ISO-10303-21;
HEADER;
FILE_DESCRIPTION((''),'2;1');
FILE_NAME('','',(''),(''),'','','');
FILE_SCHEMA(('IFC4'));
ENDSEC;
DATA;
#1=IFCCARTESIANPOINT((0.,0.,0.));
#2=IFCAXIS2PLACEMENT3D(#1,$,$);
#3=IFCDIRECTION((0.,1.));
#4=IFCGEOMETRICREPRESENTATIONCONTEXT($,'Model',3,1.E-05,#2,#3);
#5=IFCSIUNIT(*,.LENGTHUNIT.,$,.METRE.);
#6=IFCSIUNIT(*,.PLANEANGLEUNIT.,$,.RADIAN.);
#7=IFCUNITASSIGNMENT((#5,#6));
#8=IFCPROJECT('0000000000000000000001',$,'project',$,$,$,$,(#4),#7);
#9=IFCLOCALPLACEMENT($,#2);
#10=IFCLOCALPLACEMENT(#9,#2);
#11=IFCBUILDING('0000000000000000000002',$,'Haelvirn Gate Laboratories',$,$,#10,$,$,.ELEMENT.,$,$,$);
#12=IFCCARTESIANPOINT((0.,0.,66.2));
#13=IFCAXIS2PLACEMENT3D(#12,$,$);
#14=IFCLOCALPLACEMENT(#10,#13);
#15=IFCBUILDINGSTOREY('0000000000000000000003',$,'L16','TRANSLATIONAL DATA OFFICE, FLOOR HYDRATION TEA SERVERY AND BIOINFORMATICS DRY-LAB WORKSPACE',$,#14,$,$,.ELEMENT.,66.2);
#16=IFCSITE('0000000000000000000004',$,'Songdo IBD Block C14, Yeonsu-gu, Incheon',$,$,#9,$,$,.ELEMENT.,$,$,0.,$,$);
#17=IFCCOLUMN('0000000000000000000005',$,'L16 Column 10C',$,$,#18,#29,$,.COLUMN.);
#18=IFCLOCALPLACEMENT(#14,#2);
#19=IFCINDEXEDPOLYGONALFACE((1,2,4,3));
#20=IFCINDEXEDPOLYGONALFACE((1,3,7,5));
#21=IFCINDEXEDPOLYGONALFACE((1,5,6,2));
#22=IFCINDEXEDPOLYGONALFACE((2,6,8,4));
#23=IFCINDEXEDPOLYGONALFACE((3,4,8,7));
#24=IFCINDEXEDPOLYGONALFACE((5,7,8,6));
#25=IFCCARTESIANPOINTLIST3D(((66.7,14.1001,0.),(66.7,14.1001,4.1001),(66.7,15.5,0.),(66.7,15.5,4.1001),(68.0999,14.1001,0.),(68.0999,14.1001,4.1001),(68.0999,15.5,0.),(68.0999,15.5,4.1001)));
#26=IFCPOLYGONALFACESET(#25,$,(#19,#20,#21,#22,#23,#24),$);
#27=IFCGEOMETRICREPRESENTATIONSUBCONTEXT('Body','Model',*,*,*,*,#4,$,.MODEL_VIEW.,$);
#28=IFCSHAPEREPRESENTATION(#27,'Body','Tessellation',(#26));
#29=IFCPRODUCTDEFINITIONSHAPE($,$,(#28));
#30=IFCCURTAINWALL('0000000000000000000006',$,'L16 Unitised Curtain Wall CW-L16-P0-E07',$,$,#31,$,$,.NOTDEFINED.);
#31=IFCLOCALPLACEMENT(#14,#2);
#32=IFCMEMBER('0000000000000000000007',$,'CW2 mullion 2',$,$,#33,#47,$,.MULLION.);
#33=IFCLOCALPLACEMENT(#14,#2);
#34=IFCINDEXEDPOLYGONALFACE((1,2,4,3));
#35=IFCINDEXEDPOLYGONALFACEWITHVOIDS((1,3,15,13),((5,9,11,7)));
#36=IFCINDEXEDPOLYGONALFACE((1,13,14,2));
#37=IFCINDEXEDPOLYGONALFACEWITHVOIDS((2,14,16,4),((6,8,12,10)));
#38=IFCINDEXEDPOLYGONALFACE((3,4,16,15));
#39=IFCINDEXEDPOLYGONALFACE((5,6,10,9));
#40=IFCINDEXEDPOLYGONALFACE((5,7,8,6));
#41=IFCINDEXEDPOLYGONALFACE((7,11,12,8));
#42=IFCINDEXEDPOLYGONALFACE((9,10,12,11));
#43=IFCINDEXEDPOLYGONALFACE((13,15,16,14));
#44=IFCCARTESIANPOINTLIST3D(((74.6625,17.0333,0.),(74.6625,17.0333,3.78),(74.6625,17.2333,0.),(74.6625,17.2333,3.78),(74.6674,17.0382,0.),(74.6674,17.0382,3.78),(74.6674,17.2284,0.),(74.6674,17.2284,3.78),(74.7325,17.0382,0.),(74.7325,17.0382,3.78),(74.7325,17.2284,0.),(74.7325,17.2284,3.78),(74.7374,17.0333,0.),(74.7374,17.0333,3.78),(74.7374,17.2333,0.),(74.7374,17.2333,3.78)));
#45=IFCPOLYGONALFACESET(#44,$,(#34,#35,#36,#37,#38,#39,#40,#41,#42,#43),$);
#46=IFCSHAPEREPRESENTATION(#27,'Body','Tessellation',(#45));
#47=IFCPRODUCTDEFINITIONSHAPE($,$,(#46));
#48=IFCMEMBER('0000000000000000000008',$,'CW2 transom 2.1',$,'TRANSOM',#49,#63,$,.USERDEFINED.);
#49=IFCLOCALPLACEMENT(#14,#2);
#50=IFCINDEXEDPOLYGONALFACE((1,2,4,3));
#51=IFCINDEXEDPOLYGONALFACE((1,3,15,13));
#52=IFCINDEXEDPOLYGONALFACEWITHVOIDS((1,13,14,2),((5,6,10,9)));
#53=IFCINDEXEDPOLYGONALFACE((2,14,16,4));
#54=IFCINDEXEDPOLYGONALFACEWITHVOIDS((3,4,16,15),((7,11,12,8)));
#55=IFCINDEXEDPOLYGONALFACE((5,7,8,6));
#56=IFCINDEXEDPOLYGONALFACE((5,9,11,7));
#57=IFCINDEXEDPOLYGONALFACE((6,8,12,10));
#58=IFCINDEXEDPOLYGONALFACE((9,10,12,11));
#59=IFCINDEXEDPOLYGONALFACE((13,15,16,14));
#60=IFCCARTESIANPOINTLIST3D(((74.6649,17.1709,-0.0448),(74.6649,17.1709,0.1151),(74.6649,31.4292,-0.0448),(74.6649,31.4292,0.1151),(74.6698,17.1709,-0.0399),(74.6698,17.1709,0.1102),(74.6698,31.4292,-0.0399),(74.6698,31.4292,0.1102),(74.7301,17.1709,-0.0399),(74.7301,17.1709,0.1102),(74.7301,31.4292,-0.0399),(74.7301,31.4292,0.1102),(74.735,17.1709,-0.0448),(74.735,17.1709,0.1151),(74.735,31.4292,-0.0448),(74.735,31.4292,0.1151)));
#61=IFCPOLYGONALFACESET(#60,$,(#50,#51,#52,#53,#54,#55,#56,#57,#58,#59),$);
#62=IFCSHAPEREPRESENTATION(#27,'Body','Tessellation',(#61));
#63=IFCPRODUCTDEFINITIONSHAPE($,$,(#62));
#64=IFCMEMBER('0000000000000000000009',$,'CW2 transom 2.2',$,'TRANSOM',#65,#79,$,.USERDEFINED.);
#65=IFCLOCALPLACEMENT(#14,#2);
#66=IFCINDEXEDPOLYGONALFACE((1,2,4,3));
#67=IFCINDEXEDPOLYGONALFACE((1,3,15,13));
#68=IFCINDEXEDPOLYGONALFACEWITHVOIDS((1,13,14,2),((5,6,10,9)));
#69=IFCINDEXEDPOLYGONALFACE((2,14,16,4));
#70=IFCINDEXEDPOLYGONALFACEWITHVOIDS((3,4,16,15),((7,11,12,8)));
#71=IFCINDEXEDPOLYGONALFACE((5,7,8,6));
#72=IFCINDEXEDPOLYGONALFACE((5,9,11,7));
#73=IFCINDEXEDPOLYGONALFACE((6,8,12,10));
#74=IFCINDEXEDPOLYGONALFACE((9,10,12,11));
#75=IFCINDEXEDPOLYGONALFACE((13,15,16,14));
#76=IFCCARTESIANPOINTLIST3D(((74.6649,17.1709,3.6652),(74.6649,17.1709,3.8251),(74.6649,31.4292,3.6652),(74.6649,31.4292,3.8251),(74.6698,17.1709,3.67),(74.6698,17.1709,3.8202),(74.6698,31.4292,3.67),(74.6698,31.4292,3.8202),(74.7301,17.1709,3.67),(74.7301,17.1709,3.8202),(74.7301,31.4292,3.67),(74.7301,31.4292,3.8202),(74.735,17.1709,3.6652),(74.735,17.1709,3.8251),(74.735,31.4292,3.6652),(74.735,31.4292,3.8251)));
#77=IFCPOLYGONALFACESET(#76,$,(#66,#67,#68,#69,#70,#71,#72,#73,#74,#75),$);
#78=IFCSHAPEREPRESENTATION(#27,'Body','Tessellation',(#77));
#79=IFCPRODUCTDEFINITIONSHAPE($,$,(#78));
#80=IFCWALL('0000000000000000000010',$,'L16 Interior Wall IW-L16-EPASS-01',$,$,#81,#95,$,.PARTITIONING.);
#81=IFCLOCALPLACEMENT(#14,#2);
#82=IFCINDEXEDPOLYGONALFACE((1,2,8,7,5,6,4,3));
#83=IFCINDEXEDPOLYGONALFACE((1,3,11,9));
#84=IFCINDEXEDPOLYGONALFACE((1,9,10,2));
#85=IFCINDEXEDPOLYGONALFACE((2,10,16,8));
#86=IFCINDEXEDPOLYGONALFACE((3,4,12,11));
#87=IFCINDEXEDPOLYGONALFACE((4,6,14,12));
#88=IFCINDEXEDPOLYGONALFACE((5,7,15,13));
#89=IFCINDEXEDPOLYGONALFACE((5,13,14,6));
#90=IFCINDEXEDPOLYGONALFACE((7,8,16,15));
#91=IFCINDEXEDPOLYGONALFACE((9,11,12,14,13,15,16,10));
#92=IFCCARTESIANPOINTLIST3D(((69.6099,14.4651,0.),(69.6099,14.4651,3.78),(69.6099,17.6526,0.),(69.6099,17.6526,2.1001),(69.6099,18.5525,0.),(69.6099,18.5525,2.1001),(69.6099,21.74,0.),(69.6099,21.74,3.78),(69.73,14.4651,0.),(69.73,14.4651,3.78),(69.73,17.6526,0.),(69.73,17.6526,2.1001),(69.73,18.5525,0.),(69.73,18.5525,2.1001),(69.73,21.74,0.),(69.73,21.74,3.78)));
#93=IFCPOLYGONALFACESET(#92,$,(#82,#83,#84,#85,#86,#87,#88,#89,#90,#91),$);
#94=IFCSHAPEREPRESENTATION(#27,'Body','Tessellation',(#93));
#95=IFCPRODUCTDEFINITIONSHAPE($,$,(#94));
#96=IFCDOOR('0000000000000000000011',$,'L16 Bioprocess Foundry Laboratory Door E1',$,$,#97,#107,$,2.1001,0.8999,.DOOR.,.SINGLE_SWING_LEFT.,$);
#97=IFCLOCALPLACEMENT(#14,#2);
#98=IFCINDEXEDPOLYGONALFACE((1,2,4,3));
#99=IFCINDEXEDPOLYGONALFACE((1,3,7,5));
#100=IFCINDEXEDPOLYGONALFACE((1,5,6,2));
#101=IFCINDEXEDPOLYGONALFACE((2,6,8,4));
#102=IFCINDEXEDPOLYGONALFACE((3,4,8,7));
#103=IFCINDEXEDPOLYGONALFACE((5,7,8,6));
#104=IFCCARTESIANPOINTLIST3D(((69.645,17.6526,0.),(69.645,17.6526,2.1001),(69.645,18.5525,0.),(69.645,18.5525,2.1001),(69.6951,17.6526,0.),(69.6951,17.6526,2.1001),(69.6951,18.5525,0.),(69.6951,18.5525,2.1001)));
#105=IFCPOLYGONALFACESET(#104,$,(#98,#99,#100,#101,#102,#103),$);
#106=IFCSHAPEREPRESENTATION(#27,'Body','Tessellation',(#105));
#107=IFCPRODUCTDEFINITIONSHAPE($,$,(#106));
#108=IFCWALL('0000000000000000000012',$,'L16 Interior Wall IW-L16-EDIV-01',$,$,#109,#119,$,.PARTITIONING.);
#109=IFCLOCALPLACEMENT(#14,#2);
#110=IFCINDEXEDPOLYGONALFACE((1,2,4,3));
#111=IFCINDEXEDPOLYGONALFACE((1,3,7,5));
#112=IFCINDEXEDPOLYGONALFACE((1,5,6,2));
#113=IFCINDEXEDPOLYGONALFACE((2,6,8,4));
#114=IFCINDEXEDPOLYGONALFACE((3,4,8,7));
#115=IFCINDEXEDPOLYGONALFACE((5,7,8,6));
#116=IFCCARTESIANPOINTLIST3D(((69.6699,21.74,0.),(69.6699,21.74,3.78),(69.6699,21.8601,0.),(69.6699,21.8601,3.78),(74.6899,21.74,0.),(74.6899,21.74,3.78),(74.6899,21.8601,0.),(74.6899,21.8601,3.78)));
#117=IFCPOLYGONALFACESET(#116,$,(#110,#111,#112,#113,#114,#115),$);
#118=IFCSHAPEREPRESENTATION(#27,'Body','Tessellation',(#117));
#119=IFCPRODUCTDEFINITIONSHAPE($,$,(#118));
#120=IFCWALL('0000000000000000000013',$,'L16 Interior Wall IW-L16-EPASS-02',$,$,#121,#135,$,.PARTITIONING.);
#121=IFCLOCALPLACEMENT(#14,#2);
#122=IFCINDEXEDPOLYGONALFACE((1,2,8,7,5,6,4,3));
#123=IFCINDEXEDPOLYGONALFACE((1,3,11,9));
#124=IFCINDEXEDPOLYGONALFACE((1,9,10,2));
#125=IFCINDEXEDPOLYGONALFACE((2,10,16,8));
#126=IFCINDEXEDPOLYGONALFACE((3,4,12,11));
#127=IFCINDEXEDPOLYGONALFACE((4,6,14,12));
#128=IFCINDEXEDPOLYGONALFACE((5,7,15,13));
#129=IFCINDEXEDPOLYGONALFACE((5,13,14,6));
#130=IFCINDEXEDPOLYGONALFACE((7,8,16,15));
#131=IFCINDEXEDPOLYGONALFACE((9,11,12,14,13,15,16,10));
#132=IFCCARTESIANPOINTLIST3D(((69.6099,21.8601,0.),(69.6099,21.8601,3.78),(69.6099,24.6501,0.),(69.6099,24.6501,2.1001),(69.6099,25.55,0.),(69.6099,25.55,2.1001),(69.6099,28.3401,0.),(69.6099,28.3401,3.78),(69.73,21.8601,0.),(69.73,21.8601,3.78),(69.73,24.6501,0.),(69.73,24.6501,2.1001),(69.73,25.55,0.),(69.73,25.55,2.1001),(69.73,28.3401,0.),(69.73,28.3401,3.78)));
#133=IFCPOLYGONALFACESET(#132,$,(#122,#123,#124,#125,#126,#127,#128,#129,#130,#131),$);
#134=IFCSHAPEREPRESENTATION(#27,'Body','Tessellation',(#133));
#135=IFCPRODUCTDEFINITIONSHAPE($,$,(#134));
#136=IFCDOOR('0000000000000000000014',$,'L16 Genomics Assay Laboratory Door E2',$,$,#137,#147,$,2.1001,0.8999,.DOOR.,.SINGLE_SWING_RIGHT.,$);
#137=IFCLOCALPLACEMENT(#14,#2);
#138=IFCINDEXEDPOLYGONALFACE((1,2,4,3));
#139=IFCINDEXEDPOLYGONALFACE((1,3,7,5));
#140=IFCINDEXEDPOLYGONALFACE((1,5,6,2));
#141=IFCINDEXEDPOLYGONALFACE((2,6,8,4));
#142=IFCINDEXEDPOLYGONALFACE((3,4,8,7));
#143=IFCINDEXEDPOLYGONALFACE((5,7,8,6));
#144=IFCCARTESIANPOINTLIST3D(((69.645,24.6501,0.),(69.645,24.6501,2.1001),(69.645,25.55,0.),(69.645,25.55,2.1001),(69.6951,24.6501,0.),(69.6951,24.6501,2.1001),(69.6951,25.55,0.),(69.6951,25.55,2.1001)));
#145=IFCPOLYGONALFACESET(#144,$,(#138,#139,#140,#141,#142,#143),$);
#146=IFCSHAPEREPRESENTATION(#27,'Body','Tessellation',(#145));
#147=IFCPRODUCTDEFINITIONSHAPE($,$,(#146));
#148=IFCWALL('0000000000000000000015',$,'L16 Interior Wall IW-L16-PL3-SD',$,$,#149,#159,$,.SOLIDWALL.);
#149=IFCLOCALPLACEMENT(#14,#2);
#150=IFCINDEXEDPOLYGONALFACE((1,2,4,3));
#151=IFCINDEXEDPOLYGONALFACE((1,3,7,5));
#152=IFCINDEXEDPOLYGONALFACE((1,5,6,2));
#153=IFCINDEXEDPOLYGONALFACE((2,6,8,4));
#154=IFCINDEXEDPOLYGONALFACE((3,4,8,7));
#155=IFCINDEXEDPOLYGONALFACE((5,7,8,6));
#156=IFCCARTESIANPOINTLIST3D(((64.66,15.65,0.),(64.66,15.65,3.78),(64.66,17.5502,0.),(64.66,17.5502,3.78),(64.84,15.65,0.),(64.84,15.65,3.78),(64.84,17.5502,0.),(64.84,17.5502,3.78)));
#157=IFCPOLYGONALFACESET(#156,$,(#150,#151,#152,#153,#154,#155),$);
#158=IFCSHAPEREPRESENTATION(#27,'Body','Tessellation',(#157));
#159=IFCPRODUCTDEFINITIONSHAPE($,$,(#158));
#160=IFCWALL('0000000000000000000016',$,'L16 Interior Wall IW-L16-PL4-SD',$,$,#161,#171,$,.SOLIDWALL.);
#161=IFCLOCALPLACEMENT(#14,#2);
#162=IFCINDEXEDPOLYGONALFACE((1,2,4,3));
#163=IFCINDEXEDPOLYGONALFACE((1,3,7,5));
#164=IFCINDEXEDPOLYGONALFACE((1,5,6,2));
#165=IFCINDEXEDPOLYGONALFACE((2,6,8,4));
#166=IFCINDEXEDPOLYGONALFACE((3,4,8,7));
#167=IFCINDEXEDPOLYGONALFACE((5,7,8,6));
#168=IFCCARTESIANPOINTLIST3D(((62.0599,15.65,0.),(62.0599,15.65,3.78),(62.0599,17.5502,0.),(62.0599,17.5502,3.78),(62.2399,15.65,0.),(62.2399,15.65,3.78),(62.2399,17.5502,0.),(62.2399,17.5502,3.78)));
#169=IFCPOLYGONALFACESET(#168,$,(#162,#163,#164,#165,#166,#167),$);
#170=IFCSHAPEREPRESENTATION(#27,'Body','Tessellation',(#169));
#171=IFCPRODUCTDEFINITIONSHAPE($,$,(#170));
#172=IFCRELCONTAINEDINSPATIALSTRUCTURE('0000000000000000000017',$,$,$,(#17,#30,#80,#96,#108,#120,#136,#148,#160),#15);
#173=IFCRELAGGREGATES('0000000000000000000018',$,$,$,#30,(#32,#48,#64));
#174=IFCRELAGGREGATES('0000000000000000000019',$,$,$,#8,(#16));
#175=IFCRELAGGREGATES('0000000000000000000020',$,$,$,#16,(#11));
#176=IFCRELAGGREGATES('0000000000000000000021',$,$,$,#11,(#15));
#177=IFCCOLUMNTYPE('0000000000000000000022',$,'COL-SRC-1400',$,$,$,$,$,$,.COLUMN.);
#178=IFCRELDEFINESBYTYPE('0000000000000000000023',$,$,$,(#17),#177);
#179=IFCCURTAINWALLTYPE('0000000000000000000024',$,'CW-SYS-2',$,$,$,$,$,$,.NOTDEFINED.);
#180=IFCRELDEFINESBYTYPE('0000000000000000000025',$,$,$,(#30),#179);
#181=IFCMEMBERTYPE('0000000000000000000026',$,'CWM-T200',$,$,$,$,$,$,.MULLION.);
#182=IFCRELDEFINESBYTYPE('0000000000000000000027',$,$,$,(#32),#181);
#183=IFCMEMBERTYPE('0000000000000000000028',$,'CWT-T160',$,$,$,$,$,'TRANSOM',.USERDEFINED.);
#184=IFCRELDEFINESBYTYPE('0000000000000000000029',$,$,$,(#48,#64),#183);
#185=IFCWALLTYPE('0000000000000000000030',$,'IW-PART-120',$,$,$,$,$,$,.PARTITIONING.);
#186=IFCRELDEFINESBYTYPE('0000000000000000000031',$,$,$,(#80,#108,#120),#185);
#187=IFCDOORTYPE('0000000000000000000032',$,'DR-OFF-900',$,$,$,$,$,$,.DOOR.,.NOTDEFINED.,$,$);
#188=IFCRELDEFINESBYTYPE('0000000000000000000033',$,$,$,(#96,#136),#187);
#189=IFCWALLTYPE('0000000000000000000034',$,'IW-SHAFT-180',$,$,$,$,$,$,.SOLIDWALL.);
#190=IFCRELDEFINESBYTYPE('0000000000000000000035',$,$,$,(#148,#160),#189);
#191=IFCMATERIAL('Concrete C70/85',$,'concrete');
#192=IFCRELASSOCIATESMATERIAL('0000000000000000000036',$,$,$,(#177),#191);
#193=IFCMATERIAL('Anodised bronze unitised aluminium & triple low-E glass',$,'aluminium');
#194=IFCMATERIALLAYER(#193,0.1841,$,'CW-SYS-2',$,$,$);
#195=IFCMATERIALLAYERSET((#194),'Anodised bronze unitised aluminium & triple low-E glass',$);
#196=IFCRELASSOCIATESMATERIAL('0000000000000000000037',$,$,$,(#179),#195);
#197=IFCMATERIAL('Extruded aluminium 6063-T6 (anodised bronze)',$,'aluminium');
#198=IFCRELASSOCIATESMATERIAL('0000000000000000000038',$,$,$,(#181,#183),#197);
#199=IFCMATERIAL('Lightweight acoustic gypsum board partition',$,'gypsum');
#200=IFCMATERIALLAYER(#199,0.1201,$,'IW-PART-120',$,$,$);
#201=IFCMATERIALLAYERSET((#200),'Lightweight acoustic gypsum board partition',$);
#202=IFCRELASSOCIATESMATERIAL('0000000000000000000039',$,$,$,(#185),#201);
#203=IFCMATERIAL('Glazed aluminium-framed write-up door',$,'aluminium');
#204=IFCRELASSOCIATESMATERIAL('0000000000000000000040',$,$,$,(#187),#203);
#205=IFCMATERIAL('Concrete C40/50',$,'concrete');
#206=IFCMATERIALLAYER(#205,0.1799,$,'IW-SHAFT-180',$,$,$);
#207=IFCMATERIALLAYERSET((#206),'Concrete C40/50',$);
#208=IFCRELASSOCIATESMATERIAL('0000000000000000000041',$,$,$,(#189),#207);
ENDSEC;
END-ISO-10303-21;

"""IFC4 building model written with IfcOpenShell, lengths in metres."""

from ifc_helpers import new_model, si_unit, direction, frame, frame_2d, origin, origin_2d, place, context, subcontext, project, spatial, rectangle, hollow_rectangle, extrude, source, transform, mapped, material, layer, layer_set, material_profile, profile_set, type_object, type_shapes, element, fill, aggregate, save


model = new_model("IFC4")

# Units and contexts
model_context = context("Model", 3, precision=1e-05, world=origin(), true_north=direction((0.0, 1.0)))
body_context = subcontext(model_context, "Body", "Model", "MODEL_VIEW")
ifc_project = project(units=[si_unit("LENGTHUNIT", "METRE"), si_unit("PLANEANGLEUNIT", "RADIAN")], contexts=[model_context])

# Site, building, storey
site_placement = place(None, origin())
site = spatial("IfcSite", under=ifc_project, at=site_placement, Name="Songdo IBD Block C14, Yeonsu-gu, Incheon", CompositionType="ELEMENT", RefElevation=0.0)
building_placement = place(site_placement, origin())
building = spatial("IfcBuilding", under=site, at=building_placement, Name="Haelvirn Gate Laboratories", CompositionType="ELEMENT")
storey_placement = place(building_placement, frame((0.0, 0.0, 66.2)))
storey = spatial("IfcBuildingStorey", under=building, at=storey_placement, Name="L16", Description="TRANSLATIONAL DATA OFFICE, FLOOR HYDRATION TEA SERVERY AND BIOINFORMATICS DRY-LAB WORKSPACE", CompositionType="ELEMENT", Elevation=66.2)

# Column
ifc_material_1 = material(Name="Concrete C70/85", Category="concrete")
ifc_material_profile_1 = material_profile(ifc_material_1, rectangle(XDim=1.3999, YDim=1.3999, at=origin_2d()), Name="SRC-1400x1400")
ifc_profile_set_1 = profile_set([ifc_material_profile_1], Name="Concrete C70/85")
column_type = type_object("IfcColumnType", Name="COL-SRC-1400", PredefinedType="COLUMN", material=ifc_profile_set_1)
shared_shape_1 = source(origin(), body_context, "Body", "SweptSolid", [
    extrude(rectangle(XDim=1.3999, YDim=1.3999, at=origin_2d()), origin(), (0.0, 0.0, 1.0), 4.1001),
])
type_shapes(column_type, [shared_shape_1])
column_placement = place(storey_placement, frame((67.3999, 14.8, 0.0), z_axis=(0.0, 0.0, 1.0), x_axis=(1.0, 0.0, 0.0)))
element("IfcColumn", 1, at=column_placement, inside=storey, type_object=column_type, Name="L16 Column 10C", PredefinedType="COLUMN", context=body_context, shape_type="MappedRepresentation", body=[
    mapped(shared_shape_1, transform((0.0, 0.0, 0.0), scale=1.0)),
])

# Curtain wall, members
ifc_material_2 = material(Name="Anodised bronze unitised aluminium & triple low-E glass", Category="aluminium")
ifc_layer_1 = layer(ifc_material_2, 0.1841, Name="CW-SYS-2")
ifc_layer_set_1 = layer_set([ifc_layer_1], Name="Anodised bronze unitised aluminium & triple low-E glass")
curtain_wall_type = type_object("IfcCurtainWallType", Name="CW-SYS-2", PredefinedType="NOTDEFINED", material=ifc_layer_set_1)
curtain_wall_placement = place(storey_placement, origin())
curtain_wall = element("IfcCurtainWall", 2, at=curtain_wall_placement, inside=storey, type_object=curtain_wall_type, Name="L16 Unitised Curtain Wall CW-L16-P0-E07", PredefinedType="NOTDEFINED")
ifc_material_3 = material(Name="Extruded aluminium 6063-T6 (anodised bronze)", Category="aluminium")
ifc_material_profile_2 = material_profile(ifc_material_3, hollow_rectangle(XDim=0.075, YDim=0.2, WallThickness=0.0049, at=origin_2d()), Name="CWM-200x75x5")
ifc_profile_set_2 = profile_set([ifc_material_profile_2], Name="Extruded aluminium 6063-T6 (anodised bronze)")
member_type_1 = type_object("IfcMemberType", Name="CWM-T200", PredefinedType="MULLION", material=ifc_profile_set_2)
shared_shape_2 = source(origin(), body_context, "Body", "SweptSolid", [
    extrude(hollow_rectangle(XDim=0.075, YDim=0.2, WallThickness=0.0049, at=origin_2d()), origin(), (0.0, 0.0, 1.0), 3.78),
])
type_shapes(member_type_1, [shared_shape_2])
member_1_placement = place(storey_placement, frame((74.7, 17.1333, 0.0), z_axis=(0.0, 0.0, 1.0), x_axis=(-1.0, 0.0, 0.0)))
member_1 = element("IfcMember", 3, at=member_1_placement, type_object=member_type_1, Name="CW2 mullion 2", PredefinedType="MULLION", context=body_context, shape_type="MappedRepresentation", body=[
    mapped(shared_shape_2, transform((0.0, 0.0, 0.0), scale=1.0)),
])
ifc_material_profile_3 = material_profile(ifc_material_3, hollow_rectangle(XDim=0.0701, YDim=0.1599, WallThickness=0.0049, at=origin_2d()), Name="CWT-160x70x5")
ifc_profile_set_3 = profile_set([ifc_material_profile_3], Name="Extruded aluminium 6063-T6 (anodised bronze)")
member_type_2 = type_object("IfcMemberType", Name="CWT-T160", ElementType="TRANSOM", PredefinedType="USERDEFINED", material=ifc_profile_set_3)
shared_shape_3 = source(origin(), body_context, "Body", "SweptSolid", [
    extrude(hollow_rectangle(XDim=0.0701, YDim=0.1599, WallThickness=0.0049, at=origin_2d()), origin(), (0.0, 0.0, 1.0), 14.2583),
])
type_shapes(member_type_2, [shared_shape_3])
member_2_placement = place(storey_placement, frame((74.7, 17.1709, 0.0352), z_axis=(0.0, 1.0, 0.0), x_axis=(-1.0, 0.0, 0.0)))
member_2 = element("IfcMember", 4, at=member_2_placement, type_object=member_type_2, Name="CW2 transom 2.1", ObjectType="TRANSOM", PredefinedType="USERDEFINED", context=body_context, shape_type="MappedRepresentation", body=[
    mapped(shared_shape_3, transform((0.0, 0.0, 0.0), scale=1.0)),
])
member_3_placement = place(storey_placement, frame((74.7, 17.1709, 3.7451), z_axis=(0.0, 1.0, 0.0), x_axis=(-1.0, 0.0, 0.0)))
member_3 = element("IfcMember", 5, at=member_3_placement, type_object=member_type_2, Name="CW2 transom 2.2", ObjectType="TRANSOM", PredefinedType="USERDEFINED", context=body_context, shape_type="MappedRepresentation", body=[
    mapped(shared_shape_3, transform((0.0, 0.0, 0.0), scale=1.0)),
])
aggregate(curtain_wall, [member_1, member_2, member_3])

# Wall, opening, door
ifc_material_4 = material(Name="Lightweight acoustic gypsum board partition", Category="gypsum")
ifc_layer_2 = layer(ifc_material_4, 0.1201, Name="IW-PART-120")
ifc_layer_set_2 = layer_set([ifc_layer_2], Name="Lightweight acoustic gypsum board partition")
wall_type_1 = type_object("IfcWallType", Name="IW-PART-120", PredefinedType="PARTITIONING", material=ifc_layer_set_2)
wall_1_placement = place(storey_placement, frame((69.6699, 14.4651, 0.0), z_axis=(0.0, 0.0, 1.0), x_axis=(0.0, 1.0, 0.0)))
wall_1 = element("IfcWall", 6, at=wall_1_placement, inside=storey, type_object=wall_type_1, Name="L16 Interior Wall IW-L16-EPASS-01", PredefinedType="PARTITIONING", context=body_context, shape_type="SweptSolid", body=[
    extrude(rectangle(XDim=7.2749, YDim=0.1201, at=frame_2d((3.6375, 0.0))), origin(), (0.0, 0.0, 1.0), 3.78),
])
opening_1_placement = place(wall_1_placement, frame((3.1875, 0.0, 0.0)))
opening_1 = element("IfcOpeningElement", 7, at=opening_1_placement, cuts=wall_1, PredefinedType="OPENING", context=body_context, shape_type="SweptSolid", body=[
    extrude(rectangle(XDim=0.8999, YDim=2.1001, at=frame_2d((0.45, 1.05))), frame((0.0, 0.0701, 0.0), z_axis=(0.0, -1.0, 0.0), x_axis=(1.0, 0.0, 0.0)), (0.0, 0.0, 1.0), 0.1401),
])
ifc_material_5 = material(Name="Glazed aluminium-framed write-up door", Category="aluminium")
door_type_1 = type_object("IfcDoorType", Name="DR-OFF-900", OperationType="NOTDEFINED", PredefinedType="DOOR", material=ifc_material_5)
shared_shape_4 = source(origin(), body_context, "Body", "SweptSolid", [
    extrude(rectangle(XDim=0.8999, YDim=2.1001, at=frame_2d((0.45, 1.05))), frame((0.0, 0.0249, 0.0), z_axis=(0.0, -1.0, 0.0), x_axis=(1.0, 0.0, 0.0)), (0.0, 0.0, 1.0), 0.05),
])
type_shapes(door_type_1, [shared_shape_4])
door_1_placement = place(opening_1_placement, origin())
door_1 = element("IfcDoor", 8, at=door_1_placement, inside=storey, type_object=door_type_1, Name="L16 Bioprocess Foundry Laboratory Door E1", OperationType="SINGLE_SWING_LEFT", OverallHeight=2.1001, OverallWidth=0.8999, PredefinedType="DOOR", context=body_context, shape_type="MappedRepresentation", body=[
    mapped(shared_shape_4, transform((0.0, 0.0, 0.0), scale=1.0)),
])
fill(opening_1, door_1)

# Wall
wall_2_placement = place(storey_placement, frame((69.6699, 21.8, 0.0), z_axis=(0.0, 0.0, 1.0), x_axis=(1.0, 0.0, 0.0)))
element("IfcWall", 9, at=wall_2_placement, inside=storey, type_object=wall_type_1, Name="L16 Interior Wall IW-L16-EDIV-01", PredefinedType="PARTITIONING", context=body_context, shape_type="SweptSolid", body=[
    extrude(rectangle(XDim=5.02, YDim=0.1201, at=frame_2d((2.51, 0.0))), origin(), (0.0, 0.0, 1.0), 3.78),
])

# Wall, opening, door
wall_3_placement = place(storey_placement, frame((69.6699, 21.8601, 0.0), z_axis=(0.0, 0.0, 1.0), x_axis=(0.0, 1.0, 0.0)))
wall_3 = element("IfcWall", 10, at=wall_3_placement, inside=storey, type_object=wall_type_1, Name="L16 Interior Wall IW-L16-EPASS-02", PredefinedType="PARTITIONING", context=body_context, shape_type="SweptSolid", body=[
    extrude(rectangle(XDim=6.48, YDim=0.1201, at=frame_2d((3.24, 0.0))), origin(), (0.0, 0.0, 1.0), 3.78),
])
opening_2_placement = place(wall_3_placement, frame((2.79, 0.0, 0.0)))
opening_2 = element("IfcOpeningElement", 11, at=opening_2_placement, cuts=wall_3, PredefinedType="OPENING", context=body_context, shape_type="SweptSolid", body=[
    extrude(rectangle(XDim=0.8999, YDim=2.1001, at=frame_2d((0.45, 1.05))), frame((0.0, 0.0701, 0.0), z_axis=(0.0, -1.0, 0.0), x_axis=(1.0, 0.0, 0.0)), (0.0, 0.0, 1.0), 0.1401),
])
door_2_placement = place(opening_2_placement, origin())
door_2 = element("IfcDoor", 12, at=door_2_placement, inside=storey, type_object=door_type_1, Name="L16 Genomics Assay Laboratory Door E2", OperationType="SINGLE_SWING_RIGHT", OverallHeight=2.1001, OverallWidth=0.8999, PredefinedType="DOOR", context=body_context, shape_type="MappedRepresentation", body=[
    mapped(shared_shape_4, transform((0.0, 0.0, 0.0), scale=1.0)),
])
fill(opening_2, door_2)

# Walls
ifc_material_6 = material(Name="Concrete C40/50", Category="concrete")
ifc_layer_3 = layer(ifc_material_6, 0.1799, Name="IW-SHAFT-180")
ifc_layer_set_3 = layer_set([ifc_layer_3], Name="Concrete C40/50")
wall_type_2 = type_object("IfcWallType", Name="IW-SHAFT-180", PredefinedType="SOLIDWALL", material=ifc_layer_set_3)
for number, where, z_axis, x_axis, name in (
    (13, (64.75, 15.6499, 0.0), (0.0, 0.0, 1.0), (0.0, 1.0, 0.0), "L16 Interior Wall IW-L16-PL3-SD"),
    (14, (62.1499, 15.6499, 0.0), (0.0, 0.0, 1.0), (0.0, 1.0, 0.0), "L16 Interior Wall IW-L16-PL4-SD"),
):
    element("IfcWall", number, at=place(storey_placement, frame(where, z_axis=z_axis, x_axis=x_axis)), inside=storey, type_object=wall_type_2, Name=name, PredefinedType="SOLIDWALL", context=body_context, shape_type="SweptSolid", body=[
        extrude(rectangle(XDim=1.9001, YDim=0.1799, at=frame_2d((0.9502, 0.0))), origin(), (0.0, 0.0, 1.0), 3.78),
    ])

save(model, "model.ifc")
